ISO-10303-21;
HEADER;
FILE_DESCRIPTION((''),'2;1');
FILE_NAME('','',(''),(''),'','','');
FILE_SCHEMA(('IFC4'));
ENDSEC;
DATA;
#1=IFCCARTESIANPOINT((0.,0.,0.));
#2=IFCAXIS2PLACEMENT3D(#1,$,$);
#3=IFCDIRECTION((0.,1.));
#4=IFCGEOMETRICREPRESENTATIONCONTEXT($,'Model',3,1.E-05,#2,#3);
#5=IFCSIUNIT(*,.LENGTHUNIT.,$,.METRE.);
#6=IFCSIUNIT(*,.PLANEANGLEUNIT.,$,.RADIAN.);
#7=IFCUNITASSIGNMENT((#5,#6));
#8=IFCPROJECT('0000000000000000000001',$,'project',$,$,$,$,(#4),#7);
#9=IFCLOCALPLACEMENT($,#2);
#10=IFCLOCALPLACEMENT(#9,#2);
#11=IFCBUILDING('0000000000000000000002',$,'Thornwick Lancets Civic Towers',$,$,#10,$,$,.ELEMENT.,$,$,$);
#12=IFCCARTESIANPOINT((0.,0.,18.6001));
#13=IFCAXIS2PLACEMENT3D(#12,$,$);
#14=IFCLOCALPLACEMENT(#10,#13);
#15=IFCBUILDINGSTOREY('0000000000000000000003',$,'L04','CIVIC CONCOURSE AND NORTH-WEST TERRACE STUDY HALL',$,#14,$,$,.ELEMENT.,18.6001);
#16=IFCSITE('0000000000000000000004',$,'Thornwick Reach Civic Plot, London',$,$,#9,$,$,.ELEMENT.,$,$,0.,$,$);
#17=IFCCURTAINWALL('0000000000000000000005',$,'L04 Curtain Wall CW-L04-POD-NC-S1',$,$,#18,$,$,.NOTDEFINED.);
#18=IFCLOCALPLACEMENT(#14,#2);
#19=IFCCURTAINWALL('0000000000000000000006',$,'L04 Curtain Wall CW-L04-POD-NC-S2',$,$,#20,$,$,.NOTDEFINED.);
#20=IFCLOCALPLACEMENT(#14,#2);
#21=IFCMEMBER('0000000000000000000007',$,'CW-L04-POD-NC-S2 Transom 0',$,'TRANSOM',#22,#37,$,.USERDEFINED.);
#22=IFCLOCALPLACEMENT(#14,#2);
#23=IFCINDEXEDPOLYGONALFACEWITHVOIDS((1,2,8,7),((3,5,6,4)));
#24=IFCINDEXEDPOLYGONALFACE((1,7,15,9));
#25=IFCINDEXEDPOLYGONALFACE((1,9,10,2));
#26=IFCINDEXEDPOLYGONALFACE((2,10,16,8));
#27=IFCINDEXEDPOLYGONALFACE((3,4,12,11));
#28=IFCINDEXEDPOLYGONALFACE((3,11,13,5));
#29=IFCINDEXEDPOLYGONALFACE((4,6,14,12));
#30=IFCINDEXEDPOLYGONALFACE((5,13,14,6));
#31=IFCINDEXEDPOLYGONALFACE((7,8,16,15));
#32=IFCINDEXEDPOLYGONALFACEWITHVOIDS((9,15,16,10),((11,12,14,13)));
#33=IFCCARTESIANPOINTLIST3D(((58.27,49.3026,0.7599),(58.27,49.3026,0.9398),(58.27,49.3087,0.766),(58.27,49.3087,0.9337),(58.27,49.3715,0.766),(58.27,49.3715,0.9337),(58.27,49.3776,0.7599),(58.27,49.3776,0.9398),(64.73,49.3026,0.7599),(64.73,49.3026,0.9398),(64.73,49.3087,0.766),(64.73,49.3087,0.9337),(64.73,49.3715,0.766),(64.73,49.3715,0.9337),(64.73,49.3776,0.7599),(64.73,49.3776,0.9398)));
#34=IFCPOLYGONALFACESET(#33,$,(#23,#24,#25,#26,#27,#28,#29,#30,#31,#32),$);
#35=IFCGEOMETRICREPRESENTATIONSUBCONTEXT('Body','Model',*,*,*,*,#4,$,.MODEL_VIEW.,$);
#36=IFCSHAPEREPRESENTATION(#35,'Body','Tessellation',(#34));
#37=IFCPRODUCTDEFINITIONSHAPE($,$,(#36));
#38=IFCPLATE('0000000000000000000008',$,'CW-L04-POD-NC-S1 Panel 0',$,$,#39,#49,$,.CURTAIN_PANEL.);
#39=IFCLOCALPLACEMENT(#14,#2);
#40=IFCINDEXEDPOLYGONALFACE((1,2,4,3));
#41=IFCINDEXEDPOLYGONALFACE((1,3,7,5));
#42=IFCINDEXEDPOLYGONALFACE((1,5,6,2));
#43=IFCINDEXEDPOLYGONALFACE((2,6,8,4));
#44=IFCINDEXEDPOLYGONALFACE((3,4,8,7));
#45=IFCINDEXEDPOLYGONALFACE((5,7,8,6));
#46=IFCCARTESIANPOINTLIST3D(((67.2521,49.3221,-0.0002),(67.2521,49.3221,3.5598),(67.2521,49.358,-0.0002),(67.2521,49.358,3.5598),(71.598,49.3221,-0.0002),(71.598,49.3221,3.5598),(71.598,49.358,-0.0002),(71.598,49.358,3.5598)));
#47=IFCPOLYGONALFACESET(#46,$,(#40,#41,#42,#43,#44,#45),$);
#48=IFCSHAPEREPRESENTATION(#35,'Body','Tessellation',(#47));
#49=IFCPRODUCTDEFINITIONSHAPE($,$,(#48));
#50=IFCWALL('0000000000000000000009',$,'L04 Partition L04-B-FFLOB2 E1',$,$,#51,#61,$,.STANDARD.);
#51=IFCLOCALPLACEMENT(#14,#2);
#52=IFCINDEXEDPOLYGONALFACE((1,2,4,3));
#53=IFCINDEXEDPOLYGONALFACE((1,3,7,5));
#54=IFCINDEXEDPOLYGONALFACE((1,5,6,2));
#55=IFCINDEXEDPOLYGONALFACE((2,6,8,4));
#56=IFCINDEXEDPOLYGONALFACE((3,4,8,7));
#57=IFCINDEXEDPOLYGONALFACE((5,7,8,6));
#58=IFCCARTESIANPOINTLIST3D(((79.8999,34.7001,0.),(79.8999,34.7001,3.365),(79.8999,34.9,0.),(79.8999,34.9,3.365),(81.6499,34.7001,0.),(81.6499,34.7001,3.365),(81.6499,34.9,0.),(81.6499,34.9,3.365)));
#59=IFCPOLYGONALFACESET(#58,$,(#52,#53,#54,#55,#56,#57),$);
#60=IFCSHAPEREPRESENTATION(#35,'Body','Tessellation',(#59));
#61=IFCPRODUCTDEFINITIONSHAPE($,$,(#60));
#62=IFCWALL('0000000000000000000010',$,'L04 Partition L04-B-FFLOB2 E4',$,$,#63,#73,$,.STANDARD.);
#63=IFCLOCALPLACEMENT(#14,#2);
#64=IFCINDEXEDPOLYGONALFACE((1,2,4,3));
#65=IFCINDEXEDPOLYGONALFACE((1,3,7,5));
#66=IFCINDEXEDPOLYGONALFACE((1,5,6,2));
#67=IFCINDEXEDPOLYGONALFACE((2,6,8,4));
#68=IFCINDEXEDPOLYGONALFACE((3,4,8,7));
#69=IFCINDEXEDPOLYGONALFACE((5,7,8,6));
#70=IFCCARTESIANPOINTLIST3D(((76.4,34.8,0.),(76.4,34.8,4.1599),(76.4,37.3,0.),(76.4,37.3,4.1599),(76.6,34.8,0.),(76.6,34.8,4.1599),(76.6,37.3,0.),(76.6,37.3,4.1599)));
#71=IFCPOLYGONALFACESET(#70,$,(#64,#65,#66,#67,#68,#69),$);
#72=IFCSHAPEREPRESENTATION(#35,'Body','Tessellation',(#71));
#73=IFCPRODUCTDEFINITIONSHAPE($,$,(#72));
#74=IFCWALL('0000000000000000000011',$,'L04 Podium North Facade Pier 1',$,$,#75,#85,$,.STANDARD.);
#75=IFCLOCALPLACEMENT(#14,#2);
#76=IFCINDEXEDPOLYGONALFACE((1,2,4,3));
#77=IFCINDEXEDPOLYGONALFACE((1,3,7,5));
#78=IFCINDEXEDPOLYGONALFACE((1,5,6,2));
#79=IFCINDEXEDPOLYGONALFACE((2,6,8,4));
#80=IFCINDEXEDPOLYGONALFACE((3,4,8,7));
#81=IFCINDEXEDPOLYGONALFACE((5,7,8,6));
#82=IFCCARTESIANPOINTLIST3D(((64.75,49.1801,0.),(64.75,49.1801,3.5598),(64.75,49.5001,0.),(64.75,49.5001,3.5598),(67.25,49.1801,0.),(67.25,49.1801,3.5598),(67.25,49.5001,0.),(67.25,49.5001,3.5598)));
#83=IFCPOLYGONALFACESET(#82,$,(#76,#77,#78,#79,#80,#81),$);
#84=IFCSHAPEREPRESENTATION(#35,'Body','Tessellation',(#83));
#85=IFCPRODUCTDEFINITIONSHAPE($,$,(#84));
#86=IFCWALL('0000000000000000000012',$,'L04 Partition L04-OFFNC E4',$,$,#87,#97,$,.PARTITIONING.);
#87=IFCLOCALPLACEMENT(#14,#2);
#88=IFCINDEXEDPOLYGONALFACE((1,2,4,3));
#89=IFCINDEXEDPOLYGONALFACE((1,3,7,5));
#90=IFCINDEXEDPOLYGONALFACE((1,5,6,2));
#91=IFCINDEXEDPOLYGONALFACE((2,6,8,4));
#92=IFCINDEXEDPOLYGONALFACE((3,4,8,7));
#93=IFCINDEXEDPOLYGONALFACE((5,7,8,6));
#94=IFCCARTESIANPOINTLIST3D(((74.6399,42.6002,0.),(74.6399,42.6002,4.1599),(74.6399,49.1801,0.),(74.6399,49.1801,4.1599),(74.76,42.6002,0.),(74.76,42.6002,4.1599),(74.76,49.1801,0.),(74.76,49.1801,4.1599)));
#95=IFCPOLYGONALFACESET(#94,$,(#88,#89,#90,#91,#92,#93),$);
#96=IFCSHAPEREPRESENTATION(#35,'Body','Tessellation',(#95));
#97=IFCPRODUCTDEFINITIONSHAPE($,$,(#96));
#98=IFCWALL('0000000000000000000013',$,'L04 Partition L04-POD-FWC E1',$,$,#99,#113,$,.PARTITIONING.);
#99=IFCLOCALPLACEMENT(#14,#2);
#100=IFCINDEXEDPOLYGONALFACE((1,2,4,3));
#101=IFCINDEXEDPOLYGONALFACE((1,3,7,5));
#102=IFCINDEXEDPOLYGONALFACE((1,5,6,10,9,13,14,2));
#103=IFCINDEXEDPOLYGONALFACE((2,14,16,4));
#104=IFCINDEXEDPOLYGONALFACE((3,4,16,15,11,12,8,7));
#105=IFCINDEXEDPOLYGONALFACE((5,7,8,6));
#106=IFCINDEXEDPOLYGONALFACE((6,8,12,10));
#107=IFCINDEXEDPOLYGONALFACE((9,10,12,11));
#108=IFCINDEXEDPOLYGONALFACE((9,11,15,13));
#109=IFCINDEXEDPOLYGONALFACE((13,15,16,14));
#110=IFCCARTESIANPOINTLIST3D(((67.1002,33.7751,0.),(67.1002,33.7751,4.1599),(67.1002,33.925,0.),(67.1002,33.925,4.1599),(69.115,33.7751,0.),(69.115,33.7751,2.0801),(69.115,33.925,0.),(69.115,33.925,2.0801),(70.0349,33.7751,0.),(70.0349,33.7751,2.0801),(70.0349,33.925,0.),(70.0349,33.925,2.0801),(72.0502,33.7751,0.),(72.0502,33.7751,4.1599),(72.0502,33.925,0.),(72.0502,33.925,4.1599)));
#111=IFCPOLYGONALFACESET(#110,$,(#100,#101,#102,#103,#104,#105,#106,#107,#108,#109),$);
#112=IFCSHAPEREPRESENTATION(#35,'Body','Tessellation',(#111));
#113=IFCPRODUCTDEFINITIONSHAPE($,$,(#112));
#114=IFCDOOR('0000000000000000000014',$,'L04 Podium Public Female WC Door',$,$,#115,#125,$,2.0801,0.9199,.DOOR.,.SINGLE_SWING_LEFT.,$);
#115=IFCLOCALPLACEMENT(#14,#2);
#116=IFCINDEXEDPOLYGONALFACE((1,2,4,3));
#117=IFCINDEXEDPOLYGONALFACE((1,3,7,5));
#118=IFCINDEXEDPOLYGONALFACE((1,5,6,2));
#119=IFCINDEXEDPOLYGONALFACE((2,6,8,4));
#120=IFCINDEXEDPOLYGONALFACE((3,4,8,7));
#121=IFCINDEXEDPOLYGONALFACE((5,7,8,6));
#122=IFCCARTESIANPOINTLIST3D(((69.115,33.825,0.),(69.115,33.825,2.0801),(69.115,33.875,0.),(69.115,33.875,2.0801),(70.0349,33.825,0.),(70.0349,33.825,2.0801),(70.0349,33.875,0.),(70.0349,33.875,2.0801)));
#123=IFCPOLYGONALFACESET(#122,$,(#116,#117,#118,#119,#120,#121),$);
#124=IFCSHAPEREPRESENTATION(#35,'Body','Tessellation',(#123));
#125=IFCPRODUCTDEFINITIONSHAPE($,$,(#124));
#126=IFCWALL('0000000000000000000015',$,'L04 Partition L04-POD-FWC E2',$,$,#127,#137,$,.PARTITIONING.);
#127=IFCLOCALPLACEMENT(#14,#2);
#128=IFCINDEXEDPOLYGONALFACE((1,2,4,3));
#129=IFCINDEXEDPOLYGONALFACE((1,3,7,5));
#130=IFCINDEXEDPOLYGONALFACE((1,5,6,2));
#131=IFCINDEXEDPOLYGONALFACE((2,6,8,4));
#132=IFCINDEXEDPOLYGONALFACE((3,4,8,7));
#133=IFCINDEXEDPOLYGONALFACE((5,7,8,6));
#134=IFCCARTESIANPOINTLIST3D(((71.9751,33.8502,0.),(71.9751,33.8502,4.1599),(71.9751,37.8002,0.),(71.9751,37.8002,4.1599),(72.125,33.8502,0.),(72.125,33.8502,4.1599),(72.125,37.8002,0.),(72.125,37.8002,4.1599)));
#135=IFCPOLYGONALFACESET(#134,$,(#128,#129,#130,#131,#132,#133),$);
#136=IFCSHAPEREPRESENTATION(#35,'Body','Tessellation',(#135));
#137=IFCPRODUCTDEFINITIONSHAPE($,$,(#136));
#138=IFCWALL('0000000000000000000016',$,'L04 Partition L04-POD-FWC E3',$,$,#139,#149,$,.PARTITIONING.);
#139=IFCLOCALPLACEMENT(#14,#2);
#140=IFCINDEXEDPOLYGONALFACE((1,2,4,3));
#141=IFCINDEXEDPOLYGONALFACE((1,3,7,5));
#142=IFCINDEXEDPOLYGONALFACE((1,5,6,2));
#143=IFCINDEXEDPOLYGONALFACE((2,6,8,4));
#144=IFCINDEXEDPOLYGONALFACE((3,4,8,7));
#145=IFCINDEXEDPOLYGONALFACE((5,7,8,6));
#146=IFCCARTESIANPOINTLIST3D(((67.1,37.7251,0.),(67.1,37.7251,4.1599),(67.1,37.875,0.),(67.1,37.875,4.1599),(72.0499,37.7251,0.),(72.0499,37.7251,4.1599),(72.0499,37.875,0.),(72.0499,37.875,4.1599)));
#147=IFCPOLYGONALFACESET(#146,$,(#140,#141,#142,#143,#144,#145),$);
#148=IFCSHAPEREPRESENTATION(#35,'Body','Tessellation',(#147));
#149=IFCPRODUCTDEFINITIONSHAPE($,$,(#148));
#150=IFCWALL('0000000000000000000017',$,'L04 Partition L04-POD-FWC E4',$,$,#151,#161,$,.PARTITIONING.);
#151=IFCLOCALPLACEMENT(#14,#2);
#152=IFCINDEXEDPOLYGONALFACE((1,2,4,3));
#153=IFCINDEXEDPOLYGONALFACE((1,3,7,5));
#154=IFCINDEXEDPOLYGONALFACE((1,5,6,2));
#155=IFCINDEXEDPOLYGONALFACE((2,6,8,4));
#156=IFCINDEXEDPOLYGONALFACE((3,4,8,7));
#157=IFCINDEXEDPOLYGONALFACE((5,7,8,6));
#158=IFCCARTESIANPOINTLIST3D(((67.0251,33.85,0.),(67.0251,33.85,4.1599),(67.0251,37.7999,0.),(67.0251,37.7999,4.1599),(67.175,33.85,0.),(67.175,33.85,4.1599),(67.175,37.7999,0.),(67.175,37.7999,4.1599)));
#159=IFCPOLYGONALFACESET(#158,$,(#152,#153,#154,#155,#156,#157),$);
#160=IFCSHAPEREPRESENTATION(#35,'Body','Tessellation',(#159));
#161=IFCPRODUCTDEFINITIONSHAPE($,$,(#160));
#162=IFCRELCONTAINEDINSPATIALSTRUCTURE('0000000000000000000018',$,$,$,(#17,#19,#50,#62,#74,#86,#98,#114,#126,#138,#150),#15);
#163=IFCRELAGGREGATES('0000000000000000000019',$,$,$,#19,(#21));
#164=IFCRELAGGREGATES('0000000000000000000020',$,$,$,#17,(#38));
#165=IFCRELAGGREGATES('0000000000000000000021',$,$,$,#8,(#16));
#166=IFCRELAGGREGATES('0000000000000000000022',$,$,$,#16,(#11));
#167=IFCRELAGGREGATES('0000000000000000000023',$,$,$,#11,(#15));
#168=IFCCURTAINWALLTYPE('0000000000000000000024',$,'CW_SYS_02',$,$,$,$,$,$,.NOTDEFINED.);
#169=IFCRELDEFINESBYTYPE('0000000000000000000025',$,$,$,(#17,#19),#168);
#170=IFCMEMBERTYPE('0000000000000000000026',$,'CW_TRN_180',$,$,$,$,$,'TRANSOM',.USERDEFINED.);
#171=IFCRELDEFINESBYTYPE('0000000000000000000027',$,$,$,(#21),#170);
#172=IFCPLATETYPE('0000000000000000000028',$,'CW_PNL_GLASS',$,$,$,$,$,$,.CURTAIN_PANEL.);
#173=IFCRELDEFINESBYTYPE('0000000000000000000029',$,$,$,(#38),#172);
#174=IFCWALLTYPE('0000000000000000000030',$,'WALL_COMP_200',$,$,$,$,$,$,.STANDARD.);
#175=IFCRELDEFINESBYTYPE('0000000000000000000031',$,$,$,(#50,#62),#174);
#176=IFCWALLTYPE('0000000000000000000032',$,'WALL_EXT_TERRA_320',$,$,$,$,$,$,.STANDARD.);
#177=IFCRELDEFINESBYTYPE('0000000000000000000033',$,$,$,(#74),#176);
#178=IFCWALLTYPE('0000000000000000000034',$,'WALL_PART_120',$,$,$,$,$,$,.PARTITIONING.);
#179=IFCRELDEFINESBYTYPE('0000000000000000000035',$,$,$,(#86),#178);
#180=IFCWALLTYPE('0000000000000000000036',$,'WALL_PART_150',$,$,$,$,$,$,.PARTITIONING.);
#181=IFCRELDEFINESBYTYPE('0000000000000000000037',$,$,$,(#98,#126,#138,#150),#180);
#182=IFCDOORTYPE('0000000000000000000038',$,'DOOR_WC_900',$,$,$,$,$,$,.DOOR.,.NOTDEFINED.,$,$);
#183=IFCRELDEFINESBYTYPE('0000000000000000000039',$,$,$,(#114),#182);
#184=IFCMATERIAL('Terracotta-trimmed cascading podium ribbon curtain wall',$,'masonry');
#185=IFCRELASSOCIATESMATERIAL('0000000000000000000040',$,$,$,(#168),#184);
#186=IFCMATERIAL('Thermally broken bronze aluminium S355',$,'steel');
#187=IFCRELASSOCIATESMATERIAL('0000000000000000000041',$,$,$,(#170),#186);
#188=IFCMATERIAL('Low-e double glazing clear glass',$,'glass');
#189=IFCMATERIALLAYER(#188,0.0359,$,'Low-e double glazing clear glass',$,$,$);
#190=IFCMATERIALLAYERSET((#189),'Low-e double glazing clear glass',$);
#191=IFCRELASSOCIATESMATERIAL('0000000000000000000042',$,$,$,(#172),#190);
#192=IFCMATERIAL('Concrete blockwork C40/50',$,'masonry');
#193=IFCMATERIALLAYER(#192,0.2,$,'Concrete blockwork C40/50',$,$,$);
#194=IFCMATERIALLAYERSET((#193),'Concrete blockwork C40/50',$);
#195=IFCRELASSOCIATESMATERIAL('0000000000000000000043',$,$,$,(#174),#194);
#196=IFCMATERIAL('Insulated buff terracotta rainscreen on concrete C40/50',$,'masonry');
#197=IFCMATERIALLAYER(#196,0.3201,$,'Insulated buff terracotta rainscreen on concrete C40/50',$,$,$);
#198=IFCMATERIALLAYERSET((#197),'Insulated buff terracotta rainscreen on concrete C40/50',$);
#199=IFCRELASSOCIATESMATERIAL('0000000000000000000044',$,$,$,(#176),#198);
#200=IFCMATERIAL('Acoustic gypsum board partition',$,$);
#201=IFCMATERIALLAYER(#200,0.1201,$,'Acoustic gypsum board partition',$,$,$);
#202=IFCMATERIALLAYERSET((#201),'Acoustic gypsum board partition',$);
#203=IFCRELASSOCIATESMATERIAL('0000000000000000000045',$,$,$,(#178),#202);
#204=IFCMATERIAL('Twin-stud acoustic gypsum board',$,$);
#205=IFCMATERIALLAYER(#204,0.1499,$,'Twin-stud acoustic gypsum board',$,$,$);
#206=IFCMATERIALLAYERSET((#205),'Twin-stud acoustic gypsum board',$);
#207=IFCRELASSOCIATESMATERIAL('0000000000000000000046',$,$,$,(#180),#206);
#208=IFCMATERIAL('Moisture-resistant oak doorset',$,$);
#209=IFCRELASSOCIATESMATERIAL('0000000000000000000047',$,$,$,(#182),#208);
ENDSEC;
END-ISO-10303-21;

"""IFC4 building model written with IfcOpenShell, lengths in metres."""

from ifc_helpers import new_model, si_unit, direction, frame, frame_2d, origin, origin_2d, place, context, subcontext, project, spatial, rectangle, hollow_rectangle, extrude, material, layer, layer_set, material_profile, profile_set, type_object, element, fill, aggregate, save


model = new_model("IFC4")

# Units and contexts
model_context = context("Model", 3, precision=1e-05, world=origin(), true_north=direction((0.0, 1.0)))
body_context = subcontext(model_context, "Body", "Model", "MODEL_VIEW")
ifc_project = project(units=[si_unit("LENGTHUNIT", "METRE"), si_unit("PLANEANGLEUNIT", "RADIAN")], contexts=[model_context])

# Site, building, storey
site_placement = place(None, origin())
site = spatial("IfcSite", under=ifc_project, at=site_placement, Name="Thornwick Reach Civic Plot, London", CompositionType="ELEMENT", RefElevation=0.0)
building_placement = place(site_placement, origin())
building = spatial("IfcBuilding", under=site, at=building_placement, Name="Thornwick Lancets Civic Towers", CompositionType="ELEMENT")
storey_placement = place(building_placement, frame((0.0, 0.0, 18.6001)))
storey = spatial("IfcBuildingStorey", under=building, at=storey_placement, Name="L04", Description="CIVIC CONCOURSE AND NORTH-WEST TERRACE STUDY HALL", CompositionType="ELEMENT", Elevation=18.6001)

# Curtain wall
ifc_material_1 = material(Name="Terracotta-trimmed cascading podium ribbon curtain wall", Category="masonry")
curtain_wall_type = type_object("IfcCurtainWallType", Name="CW_SYS_02", PredefinedType="NOTDEFINED", material=ifc_material_1)
curtain_wall_1_placement = place(storey_placement, origin())
curtain_wall_1 = element("IfcCurtainWall", 1, at=curtain_wall_1_placement, inside=storey, type_object=curtain_wall_type, Name="L04 Curtain Wall CW-L04-POD-NC-S1", PredefinedType="NOTDEFINED")
ifc_material_2 = material(Name="Thermally broken bronze aluminium S355", Category="steel")

# Curtain wall
curtain_wall_2_placement = place(storey_placement, origin())
curtain_wall_2 = element("IfcCurtainWall", 2, at=curtain_wall_2_placement, inside=storey, type_object=curtain_wall_type, Name="L04 Curtain Wall CW-L04-POD-NC-S2", PredefinedType="NOTDEFINED")

# Member
ifc_material_profile_1 = material_profile(ifc_material_2, hollow_rectangle(XDim=0.075, YDim=0.1799, WallThickness=0.0061, at=origin_2d()), Name="RHS 180x75x6")
ifc_profile_set_1 = profile_set([ifc_material_profile_1], Name="Thermally broken bronze aluminium S355")
member_type_1 = type_object("IfcMemberType", Name="CW_TRN_180", ElementType="TRANSOM", PredefinedType="USERDEFINED", material=ifc_profile_set_1)
member_1_placement = place(storey_placement, frame((64.73, 49.3401, 0.8499), z_axis=(-1.0, 0.0, 0.0), x_axis=(0.0, -1.0, 0.0)))
member_1 = element("IfcMember", 3, at=member_1_placement, type_object=member_type_1, Name="CW-L04-POD-NC-S2 Transom 0", ObjectType="TRANSOM", PredefinedType="USERDEFINED", context=body_context, shape_type="SweptSolid", body=[
    extrude(hollow_rectangle(XDim=0.075, YDim=0.1799, WallThickness=0.0061, at=origin_2d()), origin(), (0.0, 0.0, 1.0), 6.46),
])
aggregate(curtain_wall_2, [member_1])

# Plate
ifc_material_3 = material(Name="Low-e double glazing clear glass", Category="glass")
ifc_layer_1 = layer(ifc_material_3, 0.0359, Name="Low-e double glazing clear glass")
ifc_layer_set_1 = layer_set([ifc_layer_1], Name="Low-e double glazing clear glass")
plate_type = type_object("IfcPlateType", Name="CW_PNL_GLASS", PredefinedType="CURTAIN_PANEL", material=ifc_layer_set_1)
plate_placement = place(storey_placement, frame((69.425, 49.3401, -0.0002), z_axis=(0.0, 0.0, 1.0), x_axis=(-1.0, 0.0, 0.0)))
plate = element("IfcPlate", 4, at=plate_placement, type_object=plate_type, Name="CW-L04-POD-NC-S1 Panel 0", PredefinedType="CURTAIN_PANEL", context=body_context, shape_type="SweptSolid", body=[
    extrude(rectangle(XDim=4.3459, YDim=0.0359, at=origin_2d()), origin(), (0.0, 0.0, 1.0), 3.5601),
])
aggregate(curtain_wall_1, [plate])

# Walls
ifc_material_4 = material(Name="Concrete blockwork C40/50", Category="masonry")
ifc_layer_2 = layer(ifc_material_4, 0.2, Name="Concrete blockwork C40/50")
ifc_layer_set_2 = layer_set([ifc_layer_2], Name="Concrete blockwork C40/50")
wall_type_1 = type_object("IfcWallType", Name="WALL_COMP_200", PredefinedType="STANDARD", material=ifc_layer_set_2)
wall_1_placement = place(storey_placement, frame((79.8999, 34.8, 0.0), z_axis=(0.0, 0.0, 1.0), x_axis=(1.0, 0.0, 0.0)))
element("IfcWall", 5, at=wall_1_placement, inside=storey, type_object=wall_type_1, Name="L04 Partition L04-B-FFLOB2 E1", PredefinedType="STANDARD", context=body_context, shape_type="SweptSolid", body=[
    extrude(rectangle(XDim=1.75, YDim=0.2, at=frame_2d((0.875, 0.0))), origin(), (0.0, 0.0, 1.0), 3.365),
])
wall_2_placement = place(storey_placement, frame((76.5, 37.3, 0.0), z_axis=(0.0, 0.0, 1.0), x_axis=(0.0, -1.0, 0.0)))
element("IfcWall", 6, at=wall_2_placement, inside=storey, type_object=wall_type_1, Name="L04 Partition L04-B-FFLOB2 E4", PredefinedType="STANDARD", context=body_context, shape_type="SweptSolid", body=[
    extrude(rectangle(XDim=2.5, YDim=0.2, at=frame_2d((1.25, 0.0))), origin(), (0.0, 0.0, 1.0), 4.1599),
])
ifc_material_5 = material(Name="Insulated buff terracotta rainscreen on concrete C40/50", Category="masonry")
ifc_layer_3 = layer(ifc_material_5, 0.3201, Name="Insulated buff terracotta rainscreen on concrete C40/50")
ifc_layer_set_3 = layer_set([ifc_layer_3], Name="Insulated buff terracotta rainscreen on concrete C40/50")
wall_type_2 = type_object("IfcWallType", Name="WALL_EXT_TERRA_320", PredefinedType="STANDARD", material=ifc_layer_set_3)
wall_3_placement = place(storey_placement, frame((67.25, 49.3401, 0.0), z_axis=(0.0, 0.0, 1.0), x_axis=(-1.0, 0.0, 0.0)))
element("IfcWall", 7, at=wall_3_placement, inside=storey, type_object=wall_type_2, Name="L04 Podium North Facade Pier 1", PredefinedType="STANDARD", context=body_context, shape_type="SweptSolid", body=[
    extrude(rectangle(XDim=2.5, YDim=0.3201, at=frame_2d((1.25, 0.0))), origin(), (0.0, 0.0, 1.0), 3.5598),
])
ifc_material_6 = material(Name="Acoustic gypsum board partition")
ifc_layer_4 = layer(ifc_material_6, 0.1201, Name="Acoustic gypsum board partition")
ifc_layer_set_4 = layer_set([ifc_layer_4], Name="Acoustic gypsum board partition")
wall_type_3 = type_object("IfcWallType", Name="WALL_PART_120", PredefinedType="PARTITIONING", material=ifc_layer_set_4)
wall_4_placement = place(storey_placement, frame((74.7, 42.6001, 0.0), z_axis=(0.0, 0.0, 1.0), x_axis=(0.0, 1.0, 0.0)))
element("IfcWall", 8, at=wall_4_placement, inside=storey, type_object=wall_type_3, Name="L04 Partition L04-OFFNC E4", PredefinedType="PARTITIONING", context=body_context, shape_type="SweptSolid", body=[
    extrude(rectangle(XDim=6.5798, YDim=0.1201, at=frame_2d((3.29, 0.0))), origin(), (0.0, 0.0, 1.0), 4.1599),
])

# Wall, opening, door
ifc_material_7 = material(Name="Twin-stud acoustic gypsum board")
ifc_layer_5 = layer(ifc_material_7, 0.1499, Name="Twin-stud acoustic gypsum board")
ifc_layer_set_5 = layer_set([ifc_layer_5], Name="Twin-stud acoustic gypsum board")
wall_type_4 = type_object("IfcWallType", Name="WALL_PART_150", PredefinedType="PARTITIONING", material=ifc_layer_set_5)
wall_5_placement = place(storey_placement, frame((67.1001, 33.8501, 0.0), z_axis=(0.0, 0.0, 1.0), x_axis=(1.0, 0.0, 0.0)))
wall_5 = element("IfcWall", 9, at=wall_5_placement, inside=storey, type_object=wall_type_4, Name="L04 Partition L04-POD-FWC E1", PredefinedType="PARTITIONING", context=body_context, shape_type="SweptSolid", body=[
    extrude(rectangle(XDim=4.95, YDim=0.1499, at=frame_2d((2.4751, 0.0))), origin(), (0.0, 0.0, 1.0), 4.1599),
])
opening_1_placement = place(wall_5_placement, frame((2.0149, 0.0, 0.0)))
opening_1 = element("IfcOpeningElement", 10, at=opening_1_placement, cuts=wall_5, PredefinedType="OPENING", context=body_context, shape_type="SweptSolid", body=[
    extrude(rectangle(XDim=0.9199, YDim=2.0801, at=frame_2d((0.46, 1.04))), frame((0.0, 0.085, 0.0), z_axis=(0.0, -1.0, 0.0), x_axis=(1.0, 0.0, 0.0)), (0.0, 0.0, 1.0), 0.1699),
])
ifc_material_8 = material(Name="Moisture-resistant oak doorset")
door_type_1 = type_object("IfcDoorType", Name="DOOR_WC_900", OperationType="NOTDEFINED", PredefinedType="DOOR", material=ifc_material_8)
door_1_placement = place(opening_1_placement, origin())
door_1 = element("IfcDoor", 11, at=door_1_placement, inside=storey, type_object=door_type_1, Name="L04 Podium Public Female WC Door", OperationType="SINGLE_SWING_LEFT", OverallHeight=2.0801, OverallWidth=0.9199, PredefinedType="DOOR", context=body_context, shape_type="SweptSolid", body=[
    extrude(rectangle(XDim=0.9199, YDim=2.0801, at=frame_2d((0.46, 1.04))), frame((0.0, 0.0249, 0.0), z_axis=(0.0, -1.0, 0.0), x_axis=(1.0, 0.0, 0.0)), (0.0, 0.0, 1.0), 0.05),
])
fill(opening_1, door_1)

# Walls
wall_6_placement = place(storey_placement, frame((72.05, 33.8501, 0.0), z_axis=(0.0, 0.0, 1.0), x_axis=(0.0, 1.0, 0.0)))
element("IfcWall", 12, at=wall_6_placement, inside=storey, type_object=wall_type_4, Name="L04 Partition L04-POD-FWC E2", PredefinedType="PARTITIONING", context=body_context, shape_type="SweptSolid", body=[
    extrude(rectangle(XDim=3.95, YDim=0.1499, at=frame_2d((1.9751, 0.0))), origin(), (0.0, 0.0, 1.0), 4.1599),
])
wall_7_placement = place(storey_placement, frame((72.05, 37.8, 0.0), z_axis=(0.0, 0.0, 1.0), x_axis=(-1.0, 0.0, 0.0)))
element("IfcWall", 13, at=wall_7_placement, inside=storey, type_object=wall_type_4, Name="L04 Partition L04-POD-FWC E3", PredefinedType="PARTITIONING", context=body_context, shape_type="SweptSolid", body=[
    extrude(rectangle(XDim=4.95, YDim=0.1499, at=frame_2d((2.4751, 0.0))), origin(), (0.0, 0.0, 1.0), 4.1599),
])
wall_8_placement = place(storey_placement, frame((67.1001, 37.8, 0.0), z_axis=(0.0, 0.0, 1.0), x_axis=(0.0, -1.0, 0.0)))
element("IfcWall", 14, at=wall_8_placement, inside=storey, type_object=wall_type_4, Name="L04 Partition L04-POD-FWC E4", PredefinedType="PARTITIONING", context=body_context, shape_type="SweptSolid", body=[
    extrude(rectangle(XDim=3.95, YDim=0.1499, at=frame_2d((1.9751, 0.0))), origin(), (0.0, 0.0, 1.0), 4.1599),
])

save(model, "model.ifc")
